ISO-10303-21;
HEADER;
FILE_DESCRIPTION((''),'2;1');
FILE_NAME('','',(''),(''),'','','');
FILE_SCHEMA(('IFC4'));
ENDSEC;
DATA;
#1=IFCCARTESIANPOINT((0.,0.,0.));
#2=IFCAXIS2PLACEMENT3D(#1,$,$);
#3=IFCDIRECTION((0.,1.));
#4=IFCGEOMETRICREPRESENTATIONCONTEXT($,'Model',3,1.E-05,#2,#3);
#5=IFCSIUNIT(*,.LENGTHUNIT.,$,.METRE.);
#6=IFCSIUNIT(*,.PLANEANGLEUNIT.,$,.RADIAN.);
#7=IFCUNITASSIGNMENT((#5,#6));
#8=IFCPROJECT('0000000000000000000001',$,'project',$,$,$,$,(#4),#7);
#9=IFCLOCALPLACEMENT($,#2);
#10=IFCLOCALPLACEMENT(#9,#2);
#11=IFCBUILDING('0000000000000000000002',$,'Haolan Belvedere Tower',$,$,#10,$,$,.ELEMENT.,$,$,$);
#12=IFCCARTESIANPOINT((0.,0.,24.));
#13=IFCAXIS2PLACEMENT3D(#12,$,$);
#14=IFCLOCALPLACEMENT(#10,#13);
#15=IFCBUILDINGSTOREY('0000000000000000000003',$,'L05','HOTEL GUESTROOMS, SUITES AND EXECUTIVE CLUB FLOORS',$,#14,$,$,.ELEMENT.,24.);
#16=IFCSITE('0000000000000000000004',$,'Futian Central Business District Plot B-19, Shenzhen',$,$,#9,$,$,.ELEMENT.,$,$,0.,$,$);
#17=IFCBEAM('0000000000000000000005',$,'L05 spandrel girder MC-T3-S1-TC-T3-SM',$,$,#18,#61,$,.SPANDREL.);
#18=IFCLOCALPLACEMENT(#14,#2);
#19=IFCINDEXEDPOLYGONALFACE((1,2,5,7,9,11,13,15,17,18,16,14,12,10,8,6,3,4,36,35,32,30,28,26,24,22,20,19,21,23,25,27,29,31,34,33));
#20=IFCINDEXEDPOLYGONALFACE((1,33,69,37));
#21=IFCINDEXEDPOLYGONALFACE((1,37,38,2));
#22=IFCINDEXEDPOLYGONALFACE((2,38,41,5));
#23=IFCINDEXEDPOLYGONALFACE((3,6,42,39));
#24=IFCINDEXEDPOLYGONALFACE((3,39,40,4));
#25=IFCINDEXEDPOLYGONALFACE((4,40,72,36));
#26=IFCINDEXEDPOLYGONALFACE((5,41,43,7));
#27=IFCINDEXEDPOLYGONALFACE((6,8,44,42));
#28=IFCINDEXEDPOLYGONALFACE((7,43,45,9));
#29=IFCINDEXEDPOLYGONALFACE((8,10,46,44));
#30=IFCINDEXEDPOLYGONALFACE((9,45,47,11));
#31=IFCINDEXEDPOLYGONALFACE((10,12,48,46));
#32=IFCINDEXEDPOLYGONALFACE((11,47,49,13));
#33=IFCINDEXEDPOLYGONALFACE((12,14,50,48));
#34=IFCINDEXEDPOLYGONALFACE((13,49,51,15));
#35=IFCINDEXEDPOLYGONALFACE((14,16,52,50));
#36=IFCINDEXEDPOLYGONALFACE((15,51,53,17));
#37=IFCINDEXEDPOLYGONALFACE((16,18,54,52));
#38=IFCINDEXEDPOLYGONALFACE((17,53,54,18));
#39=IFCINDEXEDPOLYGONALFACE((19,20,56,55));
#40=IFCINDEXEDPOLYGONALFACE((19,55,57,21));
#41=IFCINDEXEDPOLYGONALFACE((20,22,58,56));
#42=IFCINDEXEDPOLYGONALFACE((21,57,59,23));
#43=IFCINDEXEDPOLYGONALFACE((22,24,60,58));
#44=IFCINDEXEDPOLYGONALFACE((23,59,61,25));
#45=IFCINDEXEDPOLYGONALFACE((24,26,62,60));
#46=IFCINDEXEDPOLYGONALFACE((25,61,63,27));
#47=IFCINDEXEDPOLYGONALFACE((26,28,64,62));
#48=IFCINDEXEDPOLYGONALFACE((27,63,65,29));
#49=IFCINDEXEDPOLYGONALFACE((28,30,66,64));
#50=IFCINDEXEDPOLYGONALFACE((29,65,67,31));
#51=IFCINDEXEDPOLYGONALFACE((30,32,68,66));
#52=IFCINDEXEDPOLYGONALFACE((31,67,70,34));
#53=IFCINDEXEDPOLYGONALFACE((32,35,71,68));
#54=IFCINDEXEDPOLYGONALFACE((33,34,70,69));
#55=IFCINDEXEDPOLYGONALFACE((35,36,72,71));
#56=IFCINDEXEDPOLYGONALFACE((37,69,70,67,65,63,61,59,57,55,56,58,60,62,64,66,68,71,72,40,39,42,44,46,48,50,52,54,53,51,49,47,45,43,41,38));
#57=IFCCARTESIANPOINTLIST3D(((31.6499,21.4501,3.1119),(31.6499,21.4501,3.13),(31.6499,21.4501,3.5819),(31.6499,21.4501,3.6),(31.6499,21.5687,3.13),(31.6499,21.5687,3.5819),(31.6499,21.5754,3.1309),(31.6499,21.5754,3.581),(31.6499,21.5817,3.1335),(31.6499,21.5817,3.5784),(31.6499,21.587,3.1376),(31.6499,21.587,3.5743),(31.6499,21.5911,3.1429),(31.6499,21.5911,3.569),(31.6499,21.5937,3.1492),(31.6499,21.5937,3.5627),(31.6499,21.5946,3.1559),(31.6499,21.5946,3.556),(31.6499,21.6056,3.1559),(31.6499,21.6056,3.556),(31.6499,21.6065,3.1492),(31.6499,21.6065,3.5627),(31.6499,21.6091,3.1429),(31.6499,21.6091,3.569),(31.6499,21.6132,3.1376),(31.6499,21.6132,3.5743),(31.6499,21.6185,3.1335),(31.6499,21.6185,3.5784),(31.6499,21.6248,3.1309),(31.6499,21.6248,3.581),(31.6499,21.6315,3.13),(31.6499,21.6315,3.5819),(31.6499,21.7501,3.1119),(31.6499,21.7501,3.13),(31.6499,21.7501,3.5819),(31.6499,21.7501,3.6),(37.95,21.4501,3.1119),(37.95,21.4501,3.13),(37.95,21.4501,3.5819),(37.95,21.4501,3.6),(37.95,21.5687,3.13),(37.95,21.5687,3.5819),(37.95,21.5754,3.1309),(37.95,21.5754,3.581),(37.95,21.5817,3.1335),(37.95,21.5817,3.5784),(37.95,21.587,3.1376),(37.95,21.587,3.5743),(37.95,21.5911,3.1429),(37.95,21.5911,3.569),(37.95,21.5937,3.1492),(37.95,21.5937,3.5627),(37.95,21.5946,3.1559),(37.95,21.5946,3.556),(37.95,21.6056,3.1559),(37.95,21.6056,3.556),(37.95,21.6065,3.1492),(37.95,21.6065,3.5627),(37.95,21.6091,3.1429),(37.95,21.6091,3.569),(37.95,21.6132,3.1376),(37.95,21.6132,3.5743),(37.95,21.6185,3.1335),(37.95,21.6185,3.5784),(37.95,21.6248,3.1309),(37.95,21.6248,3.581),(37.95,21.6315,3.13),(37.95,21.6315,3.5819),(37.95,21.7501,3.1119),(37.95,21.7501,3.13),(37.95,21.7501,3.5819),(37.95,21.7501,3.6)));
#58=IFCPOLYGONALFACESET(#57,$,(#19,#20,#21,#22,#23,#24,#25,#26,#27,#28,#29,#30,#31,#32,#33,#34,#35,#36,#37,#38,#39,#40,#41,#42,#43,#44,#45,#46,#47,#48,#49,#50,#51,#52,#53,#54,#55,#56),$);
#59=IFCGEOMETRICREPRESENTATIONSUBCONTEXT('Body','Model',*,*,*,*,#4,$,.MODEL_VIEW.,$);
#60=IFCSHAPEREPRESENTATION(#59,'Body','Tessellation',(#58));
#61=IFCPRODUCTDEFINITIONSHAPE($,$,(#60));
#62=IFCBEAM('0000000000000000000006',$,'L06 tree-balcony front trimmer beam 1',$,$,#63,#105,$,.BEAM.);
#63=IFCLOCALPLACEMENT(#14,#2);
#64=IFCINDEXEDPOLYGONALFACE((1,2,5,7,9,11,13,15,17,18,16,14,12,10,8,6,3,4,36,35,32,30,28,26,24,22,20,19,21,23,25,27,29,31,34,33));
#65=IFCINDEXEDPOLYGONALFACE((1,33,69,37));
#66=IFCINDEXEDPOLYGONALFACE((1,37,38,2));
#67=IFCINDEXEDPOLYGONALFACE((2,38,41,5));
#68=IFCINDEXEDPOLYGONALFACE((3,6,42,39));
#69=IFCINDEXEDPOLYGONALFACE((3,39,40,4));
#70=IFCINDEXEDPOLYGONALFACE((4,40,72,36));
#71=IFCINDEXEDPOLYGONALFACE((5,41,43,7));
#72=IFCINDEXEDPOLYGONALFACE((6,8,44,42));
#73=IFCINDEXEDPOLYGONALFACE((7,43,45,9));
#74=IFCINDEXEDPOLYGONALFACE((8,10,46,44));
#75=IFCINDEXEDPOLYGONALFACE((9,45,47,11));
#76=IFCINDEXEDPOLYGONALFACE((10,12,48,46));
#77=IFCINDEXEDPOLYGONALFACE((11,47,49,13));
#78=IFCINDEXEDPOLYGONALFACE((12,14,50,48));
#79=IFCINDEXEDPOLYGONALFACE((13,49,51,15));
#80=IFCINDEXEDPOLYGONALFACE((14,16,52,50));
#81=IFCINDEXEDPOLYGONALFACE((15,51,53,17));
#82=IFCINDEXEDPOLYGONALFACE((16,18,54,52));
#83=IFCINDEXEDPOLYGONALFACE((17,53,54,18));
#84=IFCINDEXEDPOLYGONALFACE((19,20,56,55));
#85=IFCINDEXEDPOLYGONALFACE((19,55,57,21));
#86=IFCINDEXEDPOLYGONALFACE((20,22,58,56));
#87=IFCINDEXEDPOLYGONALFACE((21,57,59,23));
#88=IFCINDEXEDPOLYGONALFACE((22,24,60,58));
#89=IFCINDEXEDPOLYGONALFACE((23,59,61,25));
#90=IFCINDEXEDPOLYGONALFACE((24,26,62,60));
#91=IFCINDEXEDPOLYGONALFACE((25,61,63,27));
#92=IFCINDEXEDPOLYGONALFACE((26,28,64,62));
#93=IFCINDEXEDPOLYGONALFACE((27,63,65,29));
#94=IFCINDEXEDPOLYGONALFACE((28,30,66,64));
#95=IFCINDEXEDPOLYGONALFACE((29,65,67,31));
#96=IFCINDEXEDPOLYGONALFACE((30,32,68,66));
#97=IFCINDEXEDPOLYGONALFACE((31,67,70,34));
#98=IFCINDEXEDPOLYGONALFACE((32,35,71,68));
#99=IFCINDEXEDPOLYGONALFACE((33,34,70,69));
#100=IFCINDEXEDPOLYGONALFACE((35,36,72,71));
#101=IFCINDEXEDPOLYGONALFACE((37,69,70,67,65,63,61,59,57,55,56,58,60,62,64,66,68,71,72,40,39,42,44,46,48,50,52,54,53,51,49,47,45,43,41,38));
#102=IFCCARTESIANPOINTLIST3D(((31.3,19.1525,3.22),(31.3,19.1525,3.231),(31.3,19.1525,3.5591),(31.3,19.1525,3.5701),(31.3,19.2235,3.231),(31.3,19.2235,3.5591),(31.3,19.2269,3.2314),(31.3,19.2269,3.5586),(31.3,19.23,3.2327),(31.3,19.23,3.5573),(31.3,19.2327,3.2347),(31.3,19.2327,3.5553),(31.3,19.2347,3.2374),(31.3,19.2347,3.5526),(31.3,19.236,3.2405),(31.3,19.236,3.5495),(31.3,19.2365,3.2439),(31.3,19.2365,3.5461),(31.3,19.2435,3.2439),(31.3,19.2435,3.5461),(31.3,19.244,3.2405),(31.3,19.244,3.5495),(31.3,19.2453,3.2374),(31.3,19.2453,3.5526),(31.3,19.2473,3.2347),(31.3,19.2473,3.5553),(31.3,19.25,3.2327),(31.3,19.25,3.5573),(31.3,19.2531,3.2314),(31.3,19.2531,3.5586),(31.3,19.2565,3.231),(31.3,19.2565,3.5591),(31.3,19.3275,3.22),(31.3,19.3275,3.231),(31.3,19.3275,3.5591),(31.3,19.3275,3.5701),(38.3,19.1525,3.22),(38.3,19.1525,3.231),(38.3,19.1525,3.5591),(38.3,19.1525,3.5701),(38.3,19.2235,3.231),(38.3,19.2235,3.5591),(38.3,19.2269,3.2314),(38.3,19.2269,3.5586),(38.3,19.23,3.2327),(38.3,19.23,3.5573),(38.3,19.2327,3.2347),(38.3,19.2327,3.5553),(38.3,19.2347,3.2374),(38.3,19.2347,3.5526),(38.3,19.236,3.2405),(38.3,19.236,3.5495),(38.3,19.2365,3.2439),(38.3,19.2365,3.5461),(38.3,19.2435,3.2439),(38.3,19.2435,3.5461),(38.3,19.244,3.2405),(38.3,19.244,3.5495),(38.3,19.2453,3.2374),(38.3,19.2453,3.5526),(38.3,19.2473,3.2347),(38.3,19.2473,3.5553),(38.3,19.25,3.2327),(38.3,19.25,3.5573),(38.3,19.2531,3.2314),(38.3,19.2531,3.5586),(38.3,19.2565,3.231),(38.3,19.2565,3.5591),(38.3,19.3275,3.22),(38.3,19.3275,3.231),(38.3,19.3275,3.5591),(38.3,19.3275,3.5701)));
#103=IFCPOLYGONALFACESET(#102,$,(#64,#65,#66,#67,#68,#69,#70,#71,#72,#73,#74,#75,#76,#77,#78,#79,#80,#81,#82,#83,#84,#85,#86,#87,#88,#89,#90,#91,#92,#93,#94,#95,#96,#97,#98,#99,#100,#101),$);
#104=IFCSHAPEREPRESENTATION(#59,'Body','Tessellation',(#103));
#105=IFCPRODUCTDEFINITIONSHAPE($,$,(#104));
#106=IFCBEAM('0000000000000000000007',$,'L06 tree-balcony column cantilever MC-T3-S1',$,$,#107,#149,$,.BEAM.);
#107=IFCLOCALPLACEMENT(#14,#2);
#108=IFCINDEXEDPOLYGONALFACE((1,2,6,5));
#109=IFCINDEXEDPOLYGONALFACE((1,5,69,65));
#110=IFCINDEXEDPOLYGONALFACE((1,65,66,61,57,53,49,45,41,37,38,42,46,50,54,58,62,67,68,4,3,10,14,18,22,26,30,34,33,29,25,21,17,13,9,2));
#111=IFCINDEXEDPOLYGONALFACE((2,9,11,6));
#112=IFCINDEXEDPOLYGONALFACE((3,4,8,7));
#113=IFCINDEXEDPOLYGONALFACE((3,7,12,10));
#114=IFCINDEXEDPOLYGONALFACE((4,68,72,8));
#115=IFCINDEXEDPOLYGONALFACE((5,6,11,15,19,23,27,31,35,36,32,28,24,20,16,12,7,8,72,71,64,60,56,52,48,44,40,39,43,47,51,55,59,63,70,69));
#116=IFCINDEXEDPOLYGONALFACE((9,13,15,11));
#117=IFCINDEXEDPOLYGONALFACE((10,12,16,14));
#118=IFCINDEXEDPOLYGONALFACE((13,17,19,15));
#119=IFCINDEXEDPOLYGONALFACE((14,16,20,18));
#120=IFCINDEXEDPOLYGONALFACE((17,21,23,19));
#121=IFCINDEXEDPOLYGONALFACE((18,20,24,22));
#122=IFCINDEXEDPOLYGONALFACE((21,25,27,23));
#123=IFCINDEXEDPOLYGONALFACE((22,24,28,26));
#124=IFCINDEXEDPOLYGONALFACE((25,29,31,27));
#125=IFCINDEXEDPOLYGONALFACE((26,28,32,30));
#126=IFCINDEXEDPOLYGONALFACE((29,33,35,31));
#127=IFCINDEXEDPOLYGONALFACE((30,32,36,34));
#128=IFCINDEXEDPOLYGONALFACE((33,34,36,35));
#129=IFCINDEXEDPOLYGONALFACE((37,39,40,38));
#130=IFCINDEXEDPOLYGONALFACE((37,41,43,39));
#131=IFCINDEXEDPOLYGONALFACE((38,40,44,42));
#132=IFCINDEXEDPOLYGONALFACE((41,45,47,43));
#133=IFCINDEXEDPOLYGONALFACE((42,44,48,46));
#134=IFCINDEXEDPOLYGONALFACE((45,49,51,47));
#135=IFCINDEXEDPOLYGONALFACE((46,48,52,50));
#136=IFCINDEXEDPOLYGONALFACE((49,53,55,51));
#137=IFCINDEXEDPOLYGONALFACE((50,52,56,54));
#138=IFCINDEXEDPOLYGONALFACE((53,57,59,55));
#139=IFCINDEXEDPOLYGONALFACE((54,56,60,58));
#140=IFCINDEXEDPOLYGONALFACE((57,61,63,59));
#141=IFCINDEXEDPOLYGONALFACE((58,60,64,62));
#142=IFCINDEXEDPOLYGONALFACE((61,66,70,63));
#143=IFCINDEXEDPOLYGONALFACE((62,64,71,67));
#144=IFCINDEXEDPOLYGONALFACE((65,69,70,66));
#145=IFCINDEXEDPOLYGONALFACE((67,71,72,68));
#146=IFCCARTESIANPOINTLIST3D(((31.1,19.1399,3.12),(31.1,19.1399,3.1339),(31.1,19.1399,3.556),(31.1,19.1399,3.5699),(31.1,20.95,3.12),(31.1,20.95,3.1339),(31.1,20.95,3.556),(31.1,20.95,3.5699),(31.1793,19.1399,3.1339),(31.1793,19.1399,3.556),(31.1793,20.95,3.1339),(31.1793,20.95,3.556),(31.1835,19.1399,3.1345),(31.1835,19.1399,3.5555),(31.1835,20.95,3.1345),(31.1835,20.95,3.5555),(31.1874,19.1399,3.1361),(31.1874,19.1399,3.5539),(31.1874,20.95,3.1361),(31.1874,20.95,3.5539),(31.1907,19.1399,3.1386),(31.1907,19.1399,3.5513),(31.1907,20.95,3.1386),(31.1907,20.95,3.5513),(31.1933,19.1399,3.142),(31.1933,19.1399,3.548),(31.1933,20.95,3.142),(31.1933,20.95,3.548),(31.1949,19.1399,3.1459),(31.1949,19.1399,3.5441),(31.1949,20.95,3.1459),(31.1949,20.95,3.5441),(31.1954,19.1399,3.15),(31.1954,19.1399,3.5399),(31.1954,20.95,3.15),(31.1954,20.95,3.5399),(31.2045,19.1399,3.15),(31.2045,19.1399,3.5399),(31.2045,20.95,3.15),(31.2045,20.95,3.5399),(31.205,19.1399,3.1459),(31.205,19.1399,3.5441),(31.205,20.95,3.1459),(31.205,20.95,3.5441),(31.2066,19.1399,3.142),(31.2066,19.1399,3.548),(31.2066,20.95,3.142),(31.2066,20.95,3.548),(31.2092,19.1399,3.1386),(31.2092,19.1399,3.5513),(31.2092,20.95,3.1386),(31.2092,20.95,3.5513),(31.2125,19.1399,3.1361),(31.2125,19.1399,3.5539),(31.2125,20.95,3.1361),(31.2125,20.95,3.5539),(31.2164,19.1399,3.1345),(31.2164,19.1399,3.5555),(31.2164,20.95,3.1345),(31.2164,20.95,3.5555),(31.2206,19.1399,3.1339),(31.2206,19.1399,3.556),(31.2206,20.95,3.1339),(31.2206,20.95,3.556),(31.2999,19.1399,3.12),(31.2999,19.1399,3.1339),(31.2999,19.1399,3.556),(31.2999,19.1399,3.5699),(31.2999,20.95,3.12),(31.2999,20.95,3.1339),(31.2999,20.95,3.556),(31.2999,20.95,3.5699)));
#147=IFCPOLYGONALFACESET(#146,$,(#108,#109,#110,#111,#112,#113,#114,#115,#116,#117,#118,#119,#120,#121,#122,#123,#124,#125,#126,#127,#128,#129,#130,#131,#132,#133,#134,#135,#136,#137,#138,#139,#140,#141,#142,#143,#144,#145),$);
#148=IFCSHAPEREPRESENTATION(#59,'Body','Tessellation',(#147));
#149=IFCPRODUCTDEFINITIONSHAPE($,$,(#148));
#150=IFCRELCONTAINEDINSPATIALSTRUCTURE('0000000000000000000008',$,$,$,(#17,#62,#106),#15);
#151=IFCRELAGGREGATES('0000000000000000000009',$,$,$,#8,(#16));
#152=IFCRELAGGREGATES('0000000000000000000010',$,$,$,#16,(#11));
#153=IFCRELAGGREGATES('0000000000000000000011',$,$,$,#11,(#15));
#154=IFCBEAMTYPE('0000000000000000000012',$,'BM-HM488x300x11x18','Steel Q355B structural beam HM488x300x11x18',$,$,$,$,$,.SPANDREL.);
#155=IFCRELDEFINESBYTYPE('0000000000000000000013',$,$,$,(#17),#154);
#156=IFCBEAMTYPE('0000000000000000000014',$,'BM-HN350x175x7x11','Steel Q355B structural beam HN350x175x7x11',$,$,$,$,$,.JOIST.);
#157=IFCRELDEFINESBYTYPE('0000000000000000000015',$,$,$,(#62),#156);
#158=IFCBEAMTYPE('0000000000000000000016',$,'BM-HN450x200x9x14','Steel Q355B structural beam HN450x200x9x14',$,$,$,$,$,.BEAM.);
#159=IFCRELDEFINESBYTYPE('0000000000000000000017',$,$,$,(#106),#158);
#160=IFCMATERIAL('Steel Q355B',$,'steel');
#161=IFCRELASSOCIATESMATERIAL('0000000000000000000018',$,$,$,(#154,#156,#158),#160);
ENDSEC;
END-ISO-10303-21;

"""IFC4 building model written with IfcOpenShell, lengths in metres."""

from ifc_helpers import new_model, si_unit, direction, frame, origin, origin_2d, place, context, subcontext, project, spatial, i_section, extrude, material, material_profile, profile_set, type_object, element, save


model = new_model("IFC4")

# Units and contexts
model_context = context("Model", 3, precision=1e-05, world=origin(), true_north=direction((0.0, 1.0)))
body_context = subcontext(model_context, "Body", "Model", "MODEL_VIEW")
ifc_project = project(units=[si_unit("LENGTHUNIT", "METRE"), si_unit("PLANEANGLEUNIT", "RADIAN")], contexts=[model_context])

# Site, building, storey
site_placement = place(None, origin())
site = spatial("IfcSite", under=ifc_project, at=site_placement, Name="Futian Central Business District Plot B-19, Shenzhen", CompositionType="ELEMENT", RefElevation=0.0)
building_placement = place(site_placement, origin())
building = spatial("IfcBuilding", under=site, at=building_placement, Name="Haolan Belvedere Tower", CompositionType="ELEMENT")
storey_placement = place(building_placement, frame((0.0, 0.0, 24.0)))
storey = spatial("IfcBuildingStorey", under=building, at=storey_placement, Name="L05", Description="HOTEL GUESTROOMS, SUITES AND EXECUTIVE CLUB FLOORS", CompositionType="ELEMENT", Elevation=24.0)

# Shared definitions
ifc_material_1 = material(Name="Steel Q355B", Category="steel")

# Beams
ifc_material_profile_1 = material_profile(ifc_material_1, i_section(OverallWidth=0.3, OverallDepth=0.488, WebThickness=0.011, FlangeThickness=0.0181, FilletRadius=0.0259, at=origin_2d()), Name="Steel Q355B")
ifc_profile_set_1 = profile_set([ifc_material_profile_1], Name="Steel Q355B")
beam_type_1 = type_object("IfcBeamType", Name="BM-HM488x300x11x18", Description="Steel Q355B structural beam HM488x300x11x18", PredefinedType="SPANDREL", material=ifc_profile_set_1)
for number, where, z_axis, x_axis, name in (
    (1, (31.6499, 21.6001, 3.356), (1.0, 0.0, 0.0), (0.0, 1.0, 0.0), "L05 spandrel girder MC-T3-S1-TC-T3-SM"),
):
    element("IfcBeam", number, at=place(storey_placement, frame(where, z_axis=z_axis, x_axis=x_axis)), inside=storey, type_object=beam_type_1, Name=name, PredefinedType="SPANDREL", context=body_context, shape_type="SweptSolid", body=[
        extrude(i_section(OverallWidth=0.3, OverallDepth=0.488, WebThickness=0.011, FlangeThickness=0.0181, FilletRadius=0.0259, at=origin_2d()), origin(), (0.0, 0.0, 1.0), 6.3),
    ])
ifc_material_profile_2 = material_profile(ifc_material_1, i_section(OverallWidth=0.175, OverallDepth=0.3501, WebThickness=0.0071, FlangeThickness=0.011, FilletRadius=0.0129, at=origin_2d()), Name="Steel Q355B")
ifc_profile_set_2 = profile_set([ifc_material_profile_2], Name="Steel Q355B")
beam_type_2 = type_object("IfcBeamType", Name="BM-HN350x175x7x11", Description="Steel Q355B structural beam HN350x175x7x11", PredefinedType="JOIST", material=ifc_profile_set_2)
beam_1_placement = place(storey_placement, frame((31.3, 19.24, 3.395), z_axis=(1.0, 0.0, 0.0), x_axis=(0.0, 1.0, 0.0)))
element("IfcBeam", 2, at=beam_1_placement, inside=storey, type_object=beam_type_2, Name="L06 tree-balcony front trimmer beam 1", PredefinedType="BEAM", context=body_context, shape_type="SweptSolid", body=[
    extrude(i_section(OverallWidth=0.175, OverallDepth=0.3501, WebThickness=0.0071, FlangeThickness=0.011, FilletRadius=0.0129, at=origin_2d()), origin(), (0.0, 0.0, 1.0), 7.0),
])
ifc_material_profile_3 = material_profile(ifc_material_1, i_section(OverallWidth=0.2, OverallDepth=0.45, WebThickness=0.009, FlangeThickness=0.0139, FilletRadius=0.0161, at=origin_2d()), Name="Steel Q355B")
ifc_profile_set_3 = profile_set([ifc_material_profile_3], Name="Steel Q355B")
beam_type_3 = type_object("IfcBeamType", Name="BM-HN450x200x9x14", Description="Steel Q355B structural beam HN450x200x9x14", PredefinedType="BEAM", material=ifc_profile_set_3)
beam_2_placement = place(storey_placement, frame((31.2, 20.95, 3.345), z_axis=(0.0, -1.0, 0.0), x_axis=(1.0, 0.0, 0.0)))
element("IfcBeam", 3, at=beam_2_placement, inside=storey, type_object=beam_type_3, Name="L06 tree-balcony column cantilever MC-T3-S1", PredefinedType="BEAM", context=body_context, shape_type="SweptSolid", body=[
    extrude(i_section(OverallWidth=0.2, OverallDepth=0.45, WebThickness=0.009, FlangeThickness=0.0139, FilletRadius=0.0161, at=origin_2d()), origin(), (0.0, 0.0, 1.0), 1.8101),
])

save(model, "model.ifc")
